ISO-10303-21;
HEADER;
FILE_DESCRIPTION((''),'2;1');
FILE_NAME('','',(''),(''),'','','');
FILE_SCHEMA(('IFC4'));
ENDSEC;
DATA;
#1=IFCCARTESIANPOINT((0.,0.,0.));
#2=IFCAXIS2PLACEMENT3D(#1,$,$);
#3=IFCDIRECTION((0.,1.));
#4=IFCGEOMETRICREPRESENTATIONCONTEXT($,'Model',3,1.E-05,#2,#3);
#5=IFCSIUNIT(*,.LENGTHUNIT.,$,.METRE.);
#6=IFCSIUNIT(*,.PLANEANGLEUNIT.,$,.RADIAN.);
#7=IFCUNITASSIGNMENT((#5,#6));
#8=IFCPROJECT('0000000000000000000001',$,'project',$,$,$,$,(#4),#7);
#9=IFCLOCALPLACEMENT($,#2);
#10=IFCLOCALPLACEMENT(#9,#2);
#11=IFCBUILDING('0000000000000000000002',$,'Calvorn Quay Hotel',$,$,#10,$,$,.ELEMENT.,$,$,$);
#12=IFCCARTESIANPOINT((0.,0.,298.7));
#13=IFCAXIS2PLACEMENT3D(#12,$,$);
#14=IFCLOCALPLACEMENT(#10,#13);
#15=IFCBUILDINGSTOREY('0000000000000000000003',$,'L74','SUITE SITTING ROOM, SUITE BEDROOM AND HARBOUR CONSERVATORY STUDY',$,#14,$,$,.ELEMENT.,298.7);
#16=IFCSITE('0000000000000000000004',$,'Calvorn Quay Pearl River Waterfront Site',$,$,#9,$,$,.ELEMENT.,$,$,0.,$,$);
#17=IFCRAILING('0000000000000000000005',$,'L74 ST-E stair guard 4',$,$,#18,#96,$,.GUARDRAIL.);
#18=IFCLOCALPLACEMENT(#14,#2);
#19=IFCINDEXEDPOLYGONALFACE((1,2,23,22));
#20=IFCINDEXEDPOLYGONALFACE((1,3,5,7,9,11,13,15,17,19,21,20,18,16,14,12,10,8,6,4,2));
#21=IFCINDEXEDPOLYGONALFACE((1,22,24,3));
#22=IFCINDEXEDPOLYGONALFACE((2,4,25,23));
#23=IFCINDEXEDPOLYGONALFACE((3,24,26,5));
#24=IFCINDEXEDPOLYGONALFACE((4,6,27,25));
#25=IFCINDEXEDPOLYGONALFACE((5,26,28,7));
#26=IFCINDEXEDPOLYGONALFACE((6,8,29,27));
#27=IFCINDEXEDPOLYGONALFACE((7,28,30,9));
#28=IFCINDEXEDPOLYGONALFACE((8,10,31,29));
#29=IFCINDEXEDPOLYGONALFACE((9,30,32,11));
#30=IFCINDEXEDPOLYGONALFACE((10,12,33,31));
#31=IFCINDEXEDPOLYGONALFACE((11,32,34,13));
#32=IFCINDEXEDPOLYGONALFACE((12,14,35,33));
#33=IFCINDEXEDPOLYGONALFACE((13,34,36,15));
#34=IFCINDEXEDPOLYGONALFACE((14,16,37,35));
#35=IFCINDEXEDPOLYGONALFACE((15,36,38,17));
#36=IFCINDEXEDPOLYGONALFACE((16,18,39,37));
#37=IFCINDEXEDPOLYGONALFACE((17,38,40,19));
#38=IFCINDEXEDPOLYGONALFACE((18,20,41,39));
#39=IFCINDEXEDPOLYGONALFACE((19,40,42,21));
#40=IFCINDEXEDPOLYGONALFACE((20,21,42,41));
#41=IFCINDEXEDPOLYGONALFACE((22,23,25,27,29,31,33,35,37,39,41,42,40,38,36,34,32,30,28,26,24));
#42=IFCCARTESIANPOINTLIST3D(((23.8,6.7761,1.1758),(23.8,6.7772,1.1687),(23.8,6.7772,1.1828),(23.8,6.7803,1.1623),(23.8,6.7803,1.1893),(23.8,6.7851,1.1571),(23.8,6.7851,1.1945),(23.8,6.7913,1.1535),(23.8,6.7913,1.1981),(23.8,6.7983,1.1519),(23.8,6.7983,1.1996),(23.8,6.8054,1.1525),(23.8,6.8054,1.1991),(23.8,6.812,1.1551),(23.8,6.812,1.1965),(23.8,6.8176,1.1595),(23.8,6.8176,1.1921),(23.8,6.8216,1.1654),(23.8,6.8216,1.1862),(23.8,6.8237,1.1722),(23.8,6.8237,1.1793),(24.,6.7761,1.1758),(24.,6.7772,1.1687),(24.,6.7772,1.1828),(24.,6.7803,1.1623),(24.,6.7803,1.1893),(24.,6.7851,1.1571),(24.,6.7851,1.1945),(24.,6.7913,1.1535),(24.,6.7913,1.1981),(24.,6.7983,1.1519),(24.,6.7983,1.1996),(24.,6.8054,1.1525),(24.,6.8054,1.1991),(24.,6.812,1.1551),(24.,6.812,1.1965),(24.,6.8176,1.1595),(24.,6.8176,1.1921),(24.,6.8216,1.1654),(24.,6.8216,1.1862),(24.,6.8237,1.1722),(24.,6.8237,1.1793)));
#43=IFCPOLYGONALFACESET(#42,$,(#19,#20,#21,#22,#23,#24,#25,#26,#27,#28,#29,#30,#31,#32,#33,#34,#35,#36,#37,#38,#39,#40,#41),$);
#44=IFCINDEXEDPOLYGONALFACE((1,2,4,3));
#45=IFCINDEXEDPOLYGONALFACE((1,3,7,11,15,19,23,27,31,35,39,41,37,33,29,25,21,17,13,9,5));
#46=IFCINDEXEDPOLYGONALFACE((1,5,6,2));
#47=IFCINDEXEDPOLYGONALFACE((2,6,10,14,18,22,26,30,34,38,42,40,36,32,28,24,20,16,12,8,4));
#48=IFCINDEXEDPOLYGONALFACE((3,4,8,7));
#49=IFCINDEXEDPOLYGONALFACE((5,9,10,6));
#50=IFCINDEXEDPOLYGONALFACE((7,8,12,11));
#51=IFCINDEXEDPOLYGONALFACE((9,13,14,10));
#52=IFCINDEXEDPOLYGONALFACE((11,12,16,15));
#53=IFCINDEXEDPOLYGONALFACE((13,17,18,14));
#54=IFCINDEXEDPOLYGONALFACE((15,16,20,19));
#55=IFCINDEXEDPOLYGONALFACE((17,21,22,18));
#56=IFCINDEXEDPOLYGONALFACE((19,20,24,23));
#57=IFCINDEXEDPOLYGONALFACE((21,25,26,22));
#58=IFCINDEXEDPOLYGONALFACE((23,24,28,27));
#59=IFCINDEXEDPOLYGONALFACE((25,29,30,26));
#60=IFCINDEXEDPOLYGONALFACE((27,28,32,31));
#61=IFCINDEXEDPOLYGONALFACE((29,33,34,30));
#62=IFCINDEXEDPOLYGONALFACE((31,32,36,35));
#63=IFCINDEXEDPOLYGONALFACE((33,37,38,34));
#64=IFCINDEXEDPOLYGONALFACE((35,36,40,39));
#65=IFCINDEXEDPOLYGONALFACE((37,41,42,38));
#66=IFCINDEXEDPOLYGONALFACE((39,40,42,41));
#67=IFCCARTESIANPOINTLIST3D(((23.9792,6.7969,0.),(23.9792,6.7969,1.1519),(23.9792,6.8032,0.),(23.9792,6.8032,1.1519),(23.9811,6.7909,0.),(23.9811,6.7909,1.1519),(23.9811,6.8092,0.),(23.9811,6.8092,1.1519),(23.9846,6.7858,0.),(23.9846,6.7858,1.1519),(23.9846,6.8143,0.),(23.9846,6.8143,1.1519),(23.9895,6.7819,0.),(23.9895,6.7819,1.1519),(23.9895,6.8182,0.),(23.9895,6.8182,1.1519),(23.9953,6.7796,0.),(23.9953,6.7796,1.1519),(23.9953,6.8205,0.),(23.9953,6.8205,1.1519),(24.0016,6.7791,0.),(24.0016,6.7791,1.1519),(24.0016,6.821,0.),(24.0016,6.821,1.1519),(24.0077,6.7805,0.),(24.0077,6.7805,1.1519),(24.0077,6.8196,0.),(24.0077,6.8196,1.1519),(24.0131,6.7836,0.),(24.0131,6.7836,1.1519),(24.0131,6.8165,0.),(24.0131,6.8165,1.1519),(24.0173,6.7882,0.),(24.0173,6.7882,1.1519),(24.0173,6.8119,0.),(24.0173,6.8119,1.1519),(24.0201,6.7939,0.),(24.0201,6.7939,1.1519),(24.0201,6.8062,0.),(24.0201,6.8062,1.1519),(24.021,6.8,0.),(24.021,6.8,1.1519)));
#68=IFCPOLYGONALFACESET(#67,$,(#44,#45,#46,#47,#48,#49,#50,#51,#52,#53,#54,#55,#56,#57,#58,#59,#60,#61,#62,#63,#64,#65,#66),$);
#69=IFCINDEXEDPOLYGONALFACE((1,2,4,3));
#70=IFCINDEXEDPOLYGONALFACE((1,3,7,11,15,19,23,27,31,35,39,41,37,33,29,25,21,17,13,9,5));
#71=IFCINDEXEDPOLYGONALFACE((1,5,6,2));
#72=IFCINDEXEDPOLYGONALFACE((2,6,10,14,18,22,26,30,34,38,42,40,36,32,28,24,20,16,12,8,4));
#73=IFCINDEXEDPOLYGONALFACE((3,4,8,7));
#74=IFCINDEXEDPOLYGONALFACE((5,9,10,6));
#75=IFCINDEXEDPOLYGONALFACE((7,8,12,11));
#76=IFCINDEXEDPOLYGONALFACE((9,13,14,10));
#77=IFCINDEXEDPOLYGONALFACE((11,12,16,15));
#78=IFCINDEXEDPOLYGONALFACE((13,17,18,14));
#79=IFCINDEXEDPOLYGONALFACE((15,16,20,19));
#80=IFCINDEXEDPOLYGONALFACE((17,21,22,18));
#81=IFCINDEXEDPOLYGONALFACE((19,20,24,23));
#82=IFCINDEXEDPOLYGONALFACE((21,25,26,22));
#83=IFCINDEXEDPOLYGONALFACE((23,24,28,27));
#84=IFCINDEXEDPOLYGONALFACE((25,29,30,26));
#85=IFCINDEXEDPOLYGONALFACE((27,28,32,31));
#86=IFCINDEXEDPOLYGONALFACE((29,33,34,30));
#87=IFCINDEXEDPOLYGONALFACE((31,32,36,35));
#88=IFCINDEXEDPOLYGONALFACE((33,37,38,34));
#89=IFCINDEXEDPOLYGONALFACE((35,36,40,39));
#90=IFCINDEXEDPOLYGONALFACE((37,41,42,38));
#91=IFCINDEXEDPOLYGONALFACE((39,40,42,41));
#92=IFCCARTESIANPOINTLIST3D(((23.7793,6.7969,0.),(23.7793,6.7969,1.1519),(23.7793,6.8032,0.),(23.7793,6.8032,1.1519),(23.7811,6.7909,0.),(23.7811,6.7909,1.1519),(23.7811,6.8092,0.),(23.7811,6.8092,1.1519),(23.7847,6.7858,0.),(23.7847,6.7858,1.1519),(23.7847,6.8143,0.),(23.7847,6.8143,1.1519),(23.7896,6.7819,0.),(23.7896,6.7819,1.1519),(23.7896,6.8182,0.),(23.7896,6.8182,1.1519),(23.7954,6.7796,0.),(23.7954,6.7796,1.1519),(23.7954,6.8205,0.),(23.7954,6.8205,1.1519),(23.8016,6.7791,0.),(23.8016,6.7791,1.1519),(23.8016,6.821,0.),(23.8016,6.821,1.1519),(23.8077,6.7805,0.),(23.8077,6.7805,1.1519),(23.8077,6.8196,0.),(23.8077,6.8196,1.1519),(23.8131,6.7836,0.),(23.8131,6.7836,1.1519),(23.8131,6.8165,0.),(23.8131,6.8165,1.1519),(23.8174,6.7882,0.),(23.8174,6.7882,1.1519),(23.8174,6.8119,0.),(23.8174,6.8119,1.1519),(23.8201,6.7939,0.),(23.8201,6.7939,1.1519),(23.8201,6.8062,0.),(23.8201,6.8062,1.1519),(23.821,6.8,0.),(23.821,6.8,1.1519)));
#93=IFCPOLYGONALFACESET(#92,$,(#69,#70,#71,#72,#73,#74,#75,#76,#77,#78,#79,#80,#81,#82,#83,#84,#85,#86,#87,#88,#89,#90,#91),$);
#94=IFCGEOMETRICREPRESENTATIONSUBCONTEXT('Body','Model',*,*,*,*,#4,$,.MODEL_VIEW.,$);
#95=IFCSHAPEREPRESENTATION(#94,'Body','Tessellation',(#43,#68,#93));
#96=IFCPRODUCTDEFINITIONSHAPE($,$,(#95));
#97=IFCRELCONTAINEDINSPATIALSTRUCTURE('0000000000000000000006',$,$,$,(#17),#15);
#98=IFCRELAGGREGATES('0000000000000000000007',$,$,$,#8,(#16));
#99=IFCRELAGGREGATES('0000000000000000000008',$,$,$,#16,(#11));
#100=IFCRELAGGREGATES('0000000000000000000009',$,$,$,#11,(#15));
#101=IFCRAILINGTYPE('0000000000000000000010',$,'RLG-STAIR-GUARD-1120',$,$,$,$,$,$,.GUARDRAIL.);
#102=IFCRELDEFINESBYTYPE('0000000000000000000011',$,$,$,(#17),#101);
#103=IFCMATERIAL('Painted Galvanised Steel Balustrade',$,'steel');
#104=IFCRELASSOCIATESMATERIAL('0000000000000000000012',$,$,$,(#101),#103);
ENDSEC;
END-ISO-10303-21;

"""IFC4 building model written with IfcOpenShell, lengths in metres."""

from ifc_helpers import new_model, si_unit, direction, frame, origin, origin_2d, place, context, subcontext, project, spatial, circle, extrude, material, type_object, element, save


model = new_model("IFC4")

# Units and contexts
model_context = context("Model", 3, precision=1e-05, world=origin(), true_north=direction((0.0, 1.0)))
body_context = subcontext(model_context, "Body", "Model", "MODEL_VIEW")
ifc_project = project(units=[si_unit("LENGTHUNIT", "METRE"), si_unit("PLANEANGLEUNIT", "RADIAN")], contexts=[model_context])

# Site, building, storey
site_placement = place(None, origin())
site = spatial("IfcSite", under=ifc_project, at=site_placement, Name="Calvorn Quay Pearl River Waterfront Site", CompositionType="ELEMENT", RefElevation=0.0)
building_placement = place(site_placement, origin())
building = spatial("IfcBuilding", under=site, at=building_placement, Name="Calvorn Quay Hotel", CompositionType="ELEMENT")
storey_placement = place(building_placement, frame((0.0, 0.0, 298.7)))
storey = spatial("IfcBuildingStorey", under=building, at=storey_placement, Name="L74", Description="SUITE SITTING ROOM, SUITE BEDROOM AND HARBOUR CONSERVATORY STUDY", CompositionType="ELEMENT", Elevation=298.7)

# Railing
ifc_material_1 = material(Name="Painted Galvanised Steel Balustrade", Category="steel")
railing_type_1 = type_object("IfcRailingType", Name="RLG-STAIR-GUARD-1120", PredefinedType="GUARDRAIL", material=ifc_material_1)
railing_1_placement = place(storey_placement, frame((24.0, 6.8, 0.0)))
element("IfcRailing", 1, at=railing_1_placement, inside=storey, type_object=railing_type_1, Name="L74 ST-E stair guard 4", PredefinedType="GUARDRAIL", context=body_context, shape_type="SweptSolid", body=[
    extrude(circle(Radius=0.0239, at=origin_2d()), frame((0.0, 0.0, 1.1758), z_axis=(-1.0, 0.0, 0.0), x_axis=(0.0, -1.0, 0.0)), (0.0, 0.0, 1.0), 0.2),
    extrude(circle(Radius=0.021, at=origin_2d()), origin(), (0.0, 0.0, 1.0), 1.1519),
    extrude(circle(Radius=0.021, at=origin_2d()), frame((-0.2, 0.0, 0.0)), (0.0, 0.0, 1.0), 1.1519),
])

save(model, "model.ifc")
